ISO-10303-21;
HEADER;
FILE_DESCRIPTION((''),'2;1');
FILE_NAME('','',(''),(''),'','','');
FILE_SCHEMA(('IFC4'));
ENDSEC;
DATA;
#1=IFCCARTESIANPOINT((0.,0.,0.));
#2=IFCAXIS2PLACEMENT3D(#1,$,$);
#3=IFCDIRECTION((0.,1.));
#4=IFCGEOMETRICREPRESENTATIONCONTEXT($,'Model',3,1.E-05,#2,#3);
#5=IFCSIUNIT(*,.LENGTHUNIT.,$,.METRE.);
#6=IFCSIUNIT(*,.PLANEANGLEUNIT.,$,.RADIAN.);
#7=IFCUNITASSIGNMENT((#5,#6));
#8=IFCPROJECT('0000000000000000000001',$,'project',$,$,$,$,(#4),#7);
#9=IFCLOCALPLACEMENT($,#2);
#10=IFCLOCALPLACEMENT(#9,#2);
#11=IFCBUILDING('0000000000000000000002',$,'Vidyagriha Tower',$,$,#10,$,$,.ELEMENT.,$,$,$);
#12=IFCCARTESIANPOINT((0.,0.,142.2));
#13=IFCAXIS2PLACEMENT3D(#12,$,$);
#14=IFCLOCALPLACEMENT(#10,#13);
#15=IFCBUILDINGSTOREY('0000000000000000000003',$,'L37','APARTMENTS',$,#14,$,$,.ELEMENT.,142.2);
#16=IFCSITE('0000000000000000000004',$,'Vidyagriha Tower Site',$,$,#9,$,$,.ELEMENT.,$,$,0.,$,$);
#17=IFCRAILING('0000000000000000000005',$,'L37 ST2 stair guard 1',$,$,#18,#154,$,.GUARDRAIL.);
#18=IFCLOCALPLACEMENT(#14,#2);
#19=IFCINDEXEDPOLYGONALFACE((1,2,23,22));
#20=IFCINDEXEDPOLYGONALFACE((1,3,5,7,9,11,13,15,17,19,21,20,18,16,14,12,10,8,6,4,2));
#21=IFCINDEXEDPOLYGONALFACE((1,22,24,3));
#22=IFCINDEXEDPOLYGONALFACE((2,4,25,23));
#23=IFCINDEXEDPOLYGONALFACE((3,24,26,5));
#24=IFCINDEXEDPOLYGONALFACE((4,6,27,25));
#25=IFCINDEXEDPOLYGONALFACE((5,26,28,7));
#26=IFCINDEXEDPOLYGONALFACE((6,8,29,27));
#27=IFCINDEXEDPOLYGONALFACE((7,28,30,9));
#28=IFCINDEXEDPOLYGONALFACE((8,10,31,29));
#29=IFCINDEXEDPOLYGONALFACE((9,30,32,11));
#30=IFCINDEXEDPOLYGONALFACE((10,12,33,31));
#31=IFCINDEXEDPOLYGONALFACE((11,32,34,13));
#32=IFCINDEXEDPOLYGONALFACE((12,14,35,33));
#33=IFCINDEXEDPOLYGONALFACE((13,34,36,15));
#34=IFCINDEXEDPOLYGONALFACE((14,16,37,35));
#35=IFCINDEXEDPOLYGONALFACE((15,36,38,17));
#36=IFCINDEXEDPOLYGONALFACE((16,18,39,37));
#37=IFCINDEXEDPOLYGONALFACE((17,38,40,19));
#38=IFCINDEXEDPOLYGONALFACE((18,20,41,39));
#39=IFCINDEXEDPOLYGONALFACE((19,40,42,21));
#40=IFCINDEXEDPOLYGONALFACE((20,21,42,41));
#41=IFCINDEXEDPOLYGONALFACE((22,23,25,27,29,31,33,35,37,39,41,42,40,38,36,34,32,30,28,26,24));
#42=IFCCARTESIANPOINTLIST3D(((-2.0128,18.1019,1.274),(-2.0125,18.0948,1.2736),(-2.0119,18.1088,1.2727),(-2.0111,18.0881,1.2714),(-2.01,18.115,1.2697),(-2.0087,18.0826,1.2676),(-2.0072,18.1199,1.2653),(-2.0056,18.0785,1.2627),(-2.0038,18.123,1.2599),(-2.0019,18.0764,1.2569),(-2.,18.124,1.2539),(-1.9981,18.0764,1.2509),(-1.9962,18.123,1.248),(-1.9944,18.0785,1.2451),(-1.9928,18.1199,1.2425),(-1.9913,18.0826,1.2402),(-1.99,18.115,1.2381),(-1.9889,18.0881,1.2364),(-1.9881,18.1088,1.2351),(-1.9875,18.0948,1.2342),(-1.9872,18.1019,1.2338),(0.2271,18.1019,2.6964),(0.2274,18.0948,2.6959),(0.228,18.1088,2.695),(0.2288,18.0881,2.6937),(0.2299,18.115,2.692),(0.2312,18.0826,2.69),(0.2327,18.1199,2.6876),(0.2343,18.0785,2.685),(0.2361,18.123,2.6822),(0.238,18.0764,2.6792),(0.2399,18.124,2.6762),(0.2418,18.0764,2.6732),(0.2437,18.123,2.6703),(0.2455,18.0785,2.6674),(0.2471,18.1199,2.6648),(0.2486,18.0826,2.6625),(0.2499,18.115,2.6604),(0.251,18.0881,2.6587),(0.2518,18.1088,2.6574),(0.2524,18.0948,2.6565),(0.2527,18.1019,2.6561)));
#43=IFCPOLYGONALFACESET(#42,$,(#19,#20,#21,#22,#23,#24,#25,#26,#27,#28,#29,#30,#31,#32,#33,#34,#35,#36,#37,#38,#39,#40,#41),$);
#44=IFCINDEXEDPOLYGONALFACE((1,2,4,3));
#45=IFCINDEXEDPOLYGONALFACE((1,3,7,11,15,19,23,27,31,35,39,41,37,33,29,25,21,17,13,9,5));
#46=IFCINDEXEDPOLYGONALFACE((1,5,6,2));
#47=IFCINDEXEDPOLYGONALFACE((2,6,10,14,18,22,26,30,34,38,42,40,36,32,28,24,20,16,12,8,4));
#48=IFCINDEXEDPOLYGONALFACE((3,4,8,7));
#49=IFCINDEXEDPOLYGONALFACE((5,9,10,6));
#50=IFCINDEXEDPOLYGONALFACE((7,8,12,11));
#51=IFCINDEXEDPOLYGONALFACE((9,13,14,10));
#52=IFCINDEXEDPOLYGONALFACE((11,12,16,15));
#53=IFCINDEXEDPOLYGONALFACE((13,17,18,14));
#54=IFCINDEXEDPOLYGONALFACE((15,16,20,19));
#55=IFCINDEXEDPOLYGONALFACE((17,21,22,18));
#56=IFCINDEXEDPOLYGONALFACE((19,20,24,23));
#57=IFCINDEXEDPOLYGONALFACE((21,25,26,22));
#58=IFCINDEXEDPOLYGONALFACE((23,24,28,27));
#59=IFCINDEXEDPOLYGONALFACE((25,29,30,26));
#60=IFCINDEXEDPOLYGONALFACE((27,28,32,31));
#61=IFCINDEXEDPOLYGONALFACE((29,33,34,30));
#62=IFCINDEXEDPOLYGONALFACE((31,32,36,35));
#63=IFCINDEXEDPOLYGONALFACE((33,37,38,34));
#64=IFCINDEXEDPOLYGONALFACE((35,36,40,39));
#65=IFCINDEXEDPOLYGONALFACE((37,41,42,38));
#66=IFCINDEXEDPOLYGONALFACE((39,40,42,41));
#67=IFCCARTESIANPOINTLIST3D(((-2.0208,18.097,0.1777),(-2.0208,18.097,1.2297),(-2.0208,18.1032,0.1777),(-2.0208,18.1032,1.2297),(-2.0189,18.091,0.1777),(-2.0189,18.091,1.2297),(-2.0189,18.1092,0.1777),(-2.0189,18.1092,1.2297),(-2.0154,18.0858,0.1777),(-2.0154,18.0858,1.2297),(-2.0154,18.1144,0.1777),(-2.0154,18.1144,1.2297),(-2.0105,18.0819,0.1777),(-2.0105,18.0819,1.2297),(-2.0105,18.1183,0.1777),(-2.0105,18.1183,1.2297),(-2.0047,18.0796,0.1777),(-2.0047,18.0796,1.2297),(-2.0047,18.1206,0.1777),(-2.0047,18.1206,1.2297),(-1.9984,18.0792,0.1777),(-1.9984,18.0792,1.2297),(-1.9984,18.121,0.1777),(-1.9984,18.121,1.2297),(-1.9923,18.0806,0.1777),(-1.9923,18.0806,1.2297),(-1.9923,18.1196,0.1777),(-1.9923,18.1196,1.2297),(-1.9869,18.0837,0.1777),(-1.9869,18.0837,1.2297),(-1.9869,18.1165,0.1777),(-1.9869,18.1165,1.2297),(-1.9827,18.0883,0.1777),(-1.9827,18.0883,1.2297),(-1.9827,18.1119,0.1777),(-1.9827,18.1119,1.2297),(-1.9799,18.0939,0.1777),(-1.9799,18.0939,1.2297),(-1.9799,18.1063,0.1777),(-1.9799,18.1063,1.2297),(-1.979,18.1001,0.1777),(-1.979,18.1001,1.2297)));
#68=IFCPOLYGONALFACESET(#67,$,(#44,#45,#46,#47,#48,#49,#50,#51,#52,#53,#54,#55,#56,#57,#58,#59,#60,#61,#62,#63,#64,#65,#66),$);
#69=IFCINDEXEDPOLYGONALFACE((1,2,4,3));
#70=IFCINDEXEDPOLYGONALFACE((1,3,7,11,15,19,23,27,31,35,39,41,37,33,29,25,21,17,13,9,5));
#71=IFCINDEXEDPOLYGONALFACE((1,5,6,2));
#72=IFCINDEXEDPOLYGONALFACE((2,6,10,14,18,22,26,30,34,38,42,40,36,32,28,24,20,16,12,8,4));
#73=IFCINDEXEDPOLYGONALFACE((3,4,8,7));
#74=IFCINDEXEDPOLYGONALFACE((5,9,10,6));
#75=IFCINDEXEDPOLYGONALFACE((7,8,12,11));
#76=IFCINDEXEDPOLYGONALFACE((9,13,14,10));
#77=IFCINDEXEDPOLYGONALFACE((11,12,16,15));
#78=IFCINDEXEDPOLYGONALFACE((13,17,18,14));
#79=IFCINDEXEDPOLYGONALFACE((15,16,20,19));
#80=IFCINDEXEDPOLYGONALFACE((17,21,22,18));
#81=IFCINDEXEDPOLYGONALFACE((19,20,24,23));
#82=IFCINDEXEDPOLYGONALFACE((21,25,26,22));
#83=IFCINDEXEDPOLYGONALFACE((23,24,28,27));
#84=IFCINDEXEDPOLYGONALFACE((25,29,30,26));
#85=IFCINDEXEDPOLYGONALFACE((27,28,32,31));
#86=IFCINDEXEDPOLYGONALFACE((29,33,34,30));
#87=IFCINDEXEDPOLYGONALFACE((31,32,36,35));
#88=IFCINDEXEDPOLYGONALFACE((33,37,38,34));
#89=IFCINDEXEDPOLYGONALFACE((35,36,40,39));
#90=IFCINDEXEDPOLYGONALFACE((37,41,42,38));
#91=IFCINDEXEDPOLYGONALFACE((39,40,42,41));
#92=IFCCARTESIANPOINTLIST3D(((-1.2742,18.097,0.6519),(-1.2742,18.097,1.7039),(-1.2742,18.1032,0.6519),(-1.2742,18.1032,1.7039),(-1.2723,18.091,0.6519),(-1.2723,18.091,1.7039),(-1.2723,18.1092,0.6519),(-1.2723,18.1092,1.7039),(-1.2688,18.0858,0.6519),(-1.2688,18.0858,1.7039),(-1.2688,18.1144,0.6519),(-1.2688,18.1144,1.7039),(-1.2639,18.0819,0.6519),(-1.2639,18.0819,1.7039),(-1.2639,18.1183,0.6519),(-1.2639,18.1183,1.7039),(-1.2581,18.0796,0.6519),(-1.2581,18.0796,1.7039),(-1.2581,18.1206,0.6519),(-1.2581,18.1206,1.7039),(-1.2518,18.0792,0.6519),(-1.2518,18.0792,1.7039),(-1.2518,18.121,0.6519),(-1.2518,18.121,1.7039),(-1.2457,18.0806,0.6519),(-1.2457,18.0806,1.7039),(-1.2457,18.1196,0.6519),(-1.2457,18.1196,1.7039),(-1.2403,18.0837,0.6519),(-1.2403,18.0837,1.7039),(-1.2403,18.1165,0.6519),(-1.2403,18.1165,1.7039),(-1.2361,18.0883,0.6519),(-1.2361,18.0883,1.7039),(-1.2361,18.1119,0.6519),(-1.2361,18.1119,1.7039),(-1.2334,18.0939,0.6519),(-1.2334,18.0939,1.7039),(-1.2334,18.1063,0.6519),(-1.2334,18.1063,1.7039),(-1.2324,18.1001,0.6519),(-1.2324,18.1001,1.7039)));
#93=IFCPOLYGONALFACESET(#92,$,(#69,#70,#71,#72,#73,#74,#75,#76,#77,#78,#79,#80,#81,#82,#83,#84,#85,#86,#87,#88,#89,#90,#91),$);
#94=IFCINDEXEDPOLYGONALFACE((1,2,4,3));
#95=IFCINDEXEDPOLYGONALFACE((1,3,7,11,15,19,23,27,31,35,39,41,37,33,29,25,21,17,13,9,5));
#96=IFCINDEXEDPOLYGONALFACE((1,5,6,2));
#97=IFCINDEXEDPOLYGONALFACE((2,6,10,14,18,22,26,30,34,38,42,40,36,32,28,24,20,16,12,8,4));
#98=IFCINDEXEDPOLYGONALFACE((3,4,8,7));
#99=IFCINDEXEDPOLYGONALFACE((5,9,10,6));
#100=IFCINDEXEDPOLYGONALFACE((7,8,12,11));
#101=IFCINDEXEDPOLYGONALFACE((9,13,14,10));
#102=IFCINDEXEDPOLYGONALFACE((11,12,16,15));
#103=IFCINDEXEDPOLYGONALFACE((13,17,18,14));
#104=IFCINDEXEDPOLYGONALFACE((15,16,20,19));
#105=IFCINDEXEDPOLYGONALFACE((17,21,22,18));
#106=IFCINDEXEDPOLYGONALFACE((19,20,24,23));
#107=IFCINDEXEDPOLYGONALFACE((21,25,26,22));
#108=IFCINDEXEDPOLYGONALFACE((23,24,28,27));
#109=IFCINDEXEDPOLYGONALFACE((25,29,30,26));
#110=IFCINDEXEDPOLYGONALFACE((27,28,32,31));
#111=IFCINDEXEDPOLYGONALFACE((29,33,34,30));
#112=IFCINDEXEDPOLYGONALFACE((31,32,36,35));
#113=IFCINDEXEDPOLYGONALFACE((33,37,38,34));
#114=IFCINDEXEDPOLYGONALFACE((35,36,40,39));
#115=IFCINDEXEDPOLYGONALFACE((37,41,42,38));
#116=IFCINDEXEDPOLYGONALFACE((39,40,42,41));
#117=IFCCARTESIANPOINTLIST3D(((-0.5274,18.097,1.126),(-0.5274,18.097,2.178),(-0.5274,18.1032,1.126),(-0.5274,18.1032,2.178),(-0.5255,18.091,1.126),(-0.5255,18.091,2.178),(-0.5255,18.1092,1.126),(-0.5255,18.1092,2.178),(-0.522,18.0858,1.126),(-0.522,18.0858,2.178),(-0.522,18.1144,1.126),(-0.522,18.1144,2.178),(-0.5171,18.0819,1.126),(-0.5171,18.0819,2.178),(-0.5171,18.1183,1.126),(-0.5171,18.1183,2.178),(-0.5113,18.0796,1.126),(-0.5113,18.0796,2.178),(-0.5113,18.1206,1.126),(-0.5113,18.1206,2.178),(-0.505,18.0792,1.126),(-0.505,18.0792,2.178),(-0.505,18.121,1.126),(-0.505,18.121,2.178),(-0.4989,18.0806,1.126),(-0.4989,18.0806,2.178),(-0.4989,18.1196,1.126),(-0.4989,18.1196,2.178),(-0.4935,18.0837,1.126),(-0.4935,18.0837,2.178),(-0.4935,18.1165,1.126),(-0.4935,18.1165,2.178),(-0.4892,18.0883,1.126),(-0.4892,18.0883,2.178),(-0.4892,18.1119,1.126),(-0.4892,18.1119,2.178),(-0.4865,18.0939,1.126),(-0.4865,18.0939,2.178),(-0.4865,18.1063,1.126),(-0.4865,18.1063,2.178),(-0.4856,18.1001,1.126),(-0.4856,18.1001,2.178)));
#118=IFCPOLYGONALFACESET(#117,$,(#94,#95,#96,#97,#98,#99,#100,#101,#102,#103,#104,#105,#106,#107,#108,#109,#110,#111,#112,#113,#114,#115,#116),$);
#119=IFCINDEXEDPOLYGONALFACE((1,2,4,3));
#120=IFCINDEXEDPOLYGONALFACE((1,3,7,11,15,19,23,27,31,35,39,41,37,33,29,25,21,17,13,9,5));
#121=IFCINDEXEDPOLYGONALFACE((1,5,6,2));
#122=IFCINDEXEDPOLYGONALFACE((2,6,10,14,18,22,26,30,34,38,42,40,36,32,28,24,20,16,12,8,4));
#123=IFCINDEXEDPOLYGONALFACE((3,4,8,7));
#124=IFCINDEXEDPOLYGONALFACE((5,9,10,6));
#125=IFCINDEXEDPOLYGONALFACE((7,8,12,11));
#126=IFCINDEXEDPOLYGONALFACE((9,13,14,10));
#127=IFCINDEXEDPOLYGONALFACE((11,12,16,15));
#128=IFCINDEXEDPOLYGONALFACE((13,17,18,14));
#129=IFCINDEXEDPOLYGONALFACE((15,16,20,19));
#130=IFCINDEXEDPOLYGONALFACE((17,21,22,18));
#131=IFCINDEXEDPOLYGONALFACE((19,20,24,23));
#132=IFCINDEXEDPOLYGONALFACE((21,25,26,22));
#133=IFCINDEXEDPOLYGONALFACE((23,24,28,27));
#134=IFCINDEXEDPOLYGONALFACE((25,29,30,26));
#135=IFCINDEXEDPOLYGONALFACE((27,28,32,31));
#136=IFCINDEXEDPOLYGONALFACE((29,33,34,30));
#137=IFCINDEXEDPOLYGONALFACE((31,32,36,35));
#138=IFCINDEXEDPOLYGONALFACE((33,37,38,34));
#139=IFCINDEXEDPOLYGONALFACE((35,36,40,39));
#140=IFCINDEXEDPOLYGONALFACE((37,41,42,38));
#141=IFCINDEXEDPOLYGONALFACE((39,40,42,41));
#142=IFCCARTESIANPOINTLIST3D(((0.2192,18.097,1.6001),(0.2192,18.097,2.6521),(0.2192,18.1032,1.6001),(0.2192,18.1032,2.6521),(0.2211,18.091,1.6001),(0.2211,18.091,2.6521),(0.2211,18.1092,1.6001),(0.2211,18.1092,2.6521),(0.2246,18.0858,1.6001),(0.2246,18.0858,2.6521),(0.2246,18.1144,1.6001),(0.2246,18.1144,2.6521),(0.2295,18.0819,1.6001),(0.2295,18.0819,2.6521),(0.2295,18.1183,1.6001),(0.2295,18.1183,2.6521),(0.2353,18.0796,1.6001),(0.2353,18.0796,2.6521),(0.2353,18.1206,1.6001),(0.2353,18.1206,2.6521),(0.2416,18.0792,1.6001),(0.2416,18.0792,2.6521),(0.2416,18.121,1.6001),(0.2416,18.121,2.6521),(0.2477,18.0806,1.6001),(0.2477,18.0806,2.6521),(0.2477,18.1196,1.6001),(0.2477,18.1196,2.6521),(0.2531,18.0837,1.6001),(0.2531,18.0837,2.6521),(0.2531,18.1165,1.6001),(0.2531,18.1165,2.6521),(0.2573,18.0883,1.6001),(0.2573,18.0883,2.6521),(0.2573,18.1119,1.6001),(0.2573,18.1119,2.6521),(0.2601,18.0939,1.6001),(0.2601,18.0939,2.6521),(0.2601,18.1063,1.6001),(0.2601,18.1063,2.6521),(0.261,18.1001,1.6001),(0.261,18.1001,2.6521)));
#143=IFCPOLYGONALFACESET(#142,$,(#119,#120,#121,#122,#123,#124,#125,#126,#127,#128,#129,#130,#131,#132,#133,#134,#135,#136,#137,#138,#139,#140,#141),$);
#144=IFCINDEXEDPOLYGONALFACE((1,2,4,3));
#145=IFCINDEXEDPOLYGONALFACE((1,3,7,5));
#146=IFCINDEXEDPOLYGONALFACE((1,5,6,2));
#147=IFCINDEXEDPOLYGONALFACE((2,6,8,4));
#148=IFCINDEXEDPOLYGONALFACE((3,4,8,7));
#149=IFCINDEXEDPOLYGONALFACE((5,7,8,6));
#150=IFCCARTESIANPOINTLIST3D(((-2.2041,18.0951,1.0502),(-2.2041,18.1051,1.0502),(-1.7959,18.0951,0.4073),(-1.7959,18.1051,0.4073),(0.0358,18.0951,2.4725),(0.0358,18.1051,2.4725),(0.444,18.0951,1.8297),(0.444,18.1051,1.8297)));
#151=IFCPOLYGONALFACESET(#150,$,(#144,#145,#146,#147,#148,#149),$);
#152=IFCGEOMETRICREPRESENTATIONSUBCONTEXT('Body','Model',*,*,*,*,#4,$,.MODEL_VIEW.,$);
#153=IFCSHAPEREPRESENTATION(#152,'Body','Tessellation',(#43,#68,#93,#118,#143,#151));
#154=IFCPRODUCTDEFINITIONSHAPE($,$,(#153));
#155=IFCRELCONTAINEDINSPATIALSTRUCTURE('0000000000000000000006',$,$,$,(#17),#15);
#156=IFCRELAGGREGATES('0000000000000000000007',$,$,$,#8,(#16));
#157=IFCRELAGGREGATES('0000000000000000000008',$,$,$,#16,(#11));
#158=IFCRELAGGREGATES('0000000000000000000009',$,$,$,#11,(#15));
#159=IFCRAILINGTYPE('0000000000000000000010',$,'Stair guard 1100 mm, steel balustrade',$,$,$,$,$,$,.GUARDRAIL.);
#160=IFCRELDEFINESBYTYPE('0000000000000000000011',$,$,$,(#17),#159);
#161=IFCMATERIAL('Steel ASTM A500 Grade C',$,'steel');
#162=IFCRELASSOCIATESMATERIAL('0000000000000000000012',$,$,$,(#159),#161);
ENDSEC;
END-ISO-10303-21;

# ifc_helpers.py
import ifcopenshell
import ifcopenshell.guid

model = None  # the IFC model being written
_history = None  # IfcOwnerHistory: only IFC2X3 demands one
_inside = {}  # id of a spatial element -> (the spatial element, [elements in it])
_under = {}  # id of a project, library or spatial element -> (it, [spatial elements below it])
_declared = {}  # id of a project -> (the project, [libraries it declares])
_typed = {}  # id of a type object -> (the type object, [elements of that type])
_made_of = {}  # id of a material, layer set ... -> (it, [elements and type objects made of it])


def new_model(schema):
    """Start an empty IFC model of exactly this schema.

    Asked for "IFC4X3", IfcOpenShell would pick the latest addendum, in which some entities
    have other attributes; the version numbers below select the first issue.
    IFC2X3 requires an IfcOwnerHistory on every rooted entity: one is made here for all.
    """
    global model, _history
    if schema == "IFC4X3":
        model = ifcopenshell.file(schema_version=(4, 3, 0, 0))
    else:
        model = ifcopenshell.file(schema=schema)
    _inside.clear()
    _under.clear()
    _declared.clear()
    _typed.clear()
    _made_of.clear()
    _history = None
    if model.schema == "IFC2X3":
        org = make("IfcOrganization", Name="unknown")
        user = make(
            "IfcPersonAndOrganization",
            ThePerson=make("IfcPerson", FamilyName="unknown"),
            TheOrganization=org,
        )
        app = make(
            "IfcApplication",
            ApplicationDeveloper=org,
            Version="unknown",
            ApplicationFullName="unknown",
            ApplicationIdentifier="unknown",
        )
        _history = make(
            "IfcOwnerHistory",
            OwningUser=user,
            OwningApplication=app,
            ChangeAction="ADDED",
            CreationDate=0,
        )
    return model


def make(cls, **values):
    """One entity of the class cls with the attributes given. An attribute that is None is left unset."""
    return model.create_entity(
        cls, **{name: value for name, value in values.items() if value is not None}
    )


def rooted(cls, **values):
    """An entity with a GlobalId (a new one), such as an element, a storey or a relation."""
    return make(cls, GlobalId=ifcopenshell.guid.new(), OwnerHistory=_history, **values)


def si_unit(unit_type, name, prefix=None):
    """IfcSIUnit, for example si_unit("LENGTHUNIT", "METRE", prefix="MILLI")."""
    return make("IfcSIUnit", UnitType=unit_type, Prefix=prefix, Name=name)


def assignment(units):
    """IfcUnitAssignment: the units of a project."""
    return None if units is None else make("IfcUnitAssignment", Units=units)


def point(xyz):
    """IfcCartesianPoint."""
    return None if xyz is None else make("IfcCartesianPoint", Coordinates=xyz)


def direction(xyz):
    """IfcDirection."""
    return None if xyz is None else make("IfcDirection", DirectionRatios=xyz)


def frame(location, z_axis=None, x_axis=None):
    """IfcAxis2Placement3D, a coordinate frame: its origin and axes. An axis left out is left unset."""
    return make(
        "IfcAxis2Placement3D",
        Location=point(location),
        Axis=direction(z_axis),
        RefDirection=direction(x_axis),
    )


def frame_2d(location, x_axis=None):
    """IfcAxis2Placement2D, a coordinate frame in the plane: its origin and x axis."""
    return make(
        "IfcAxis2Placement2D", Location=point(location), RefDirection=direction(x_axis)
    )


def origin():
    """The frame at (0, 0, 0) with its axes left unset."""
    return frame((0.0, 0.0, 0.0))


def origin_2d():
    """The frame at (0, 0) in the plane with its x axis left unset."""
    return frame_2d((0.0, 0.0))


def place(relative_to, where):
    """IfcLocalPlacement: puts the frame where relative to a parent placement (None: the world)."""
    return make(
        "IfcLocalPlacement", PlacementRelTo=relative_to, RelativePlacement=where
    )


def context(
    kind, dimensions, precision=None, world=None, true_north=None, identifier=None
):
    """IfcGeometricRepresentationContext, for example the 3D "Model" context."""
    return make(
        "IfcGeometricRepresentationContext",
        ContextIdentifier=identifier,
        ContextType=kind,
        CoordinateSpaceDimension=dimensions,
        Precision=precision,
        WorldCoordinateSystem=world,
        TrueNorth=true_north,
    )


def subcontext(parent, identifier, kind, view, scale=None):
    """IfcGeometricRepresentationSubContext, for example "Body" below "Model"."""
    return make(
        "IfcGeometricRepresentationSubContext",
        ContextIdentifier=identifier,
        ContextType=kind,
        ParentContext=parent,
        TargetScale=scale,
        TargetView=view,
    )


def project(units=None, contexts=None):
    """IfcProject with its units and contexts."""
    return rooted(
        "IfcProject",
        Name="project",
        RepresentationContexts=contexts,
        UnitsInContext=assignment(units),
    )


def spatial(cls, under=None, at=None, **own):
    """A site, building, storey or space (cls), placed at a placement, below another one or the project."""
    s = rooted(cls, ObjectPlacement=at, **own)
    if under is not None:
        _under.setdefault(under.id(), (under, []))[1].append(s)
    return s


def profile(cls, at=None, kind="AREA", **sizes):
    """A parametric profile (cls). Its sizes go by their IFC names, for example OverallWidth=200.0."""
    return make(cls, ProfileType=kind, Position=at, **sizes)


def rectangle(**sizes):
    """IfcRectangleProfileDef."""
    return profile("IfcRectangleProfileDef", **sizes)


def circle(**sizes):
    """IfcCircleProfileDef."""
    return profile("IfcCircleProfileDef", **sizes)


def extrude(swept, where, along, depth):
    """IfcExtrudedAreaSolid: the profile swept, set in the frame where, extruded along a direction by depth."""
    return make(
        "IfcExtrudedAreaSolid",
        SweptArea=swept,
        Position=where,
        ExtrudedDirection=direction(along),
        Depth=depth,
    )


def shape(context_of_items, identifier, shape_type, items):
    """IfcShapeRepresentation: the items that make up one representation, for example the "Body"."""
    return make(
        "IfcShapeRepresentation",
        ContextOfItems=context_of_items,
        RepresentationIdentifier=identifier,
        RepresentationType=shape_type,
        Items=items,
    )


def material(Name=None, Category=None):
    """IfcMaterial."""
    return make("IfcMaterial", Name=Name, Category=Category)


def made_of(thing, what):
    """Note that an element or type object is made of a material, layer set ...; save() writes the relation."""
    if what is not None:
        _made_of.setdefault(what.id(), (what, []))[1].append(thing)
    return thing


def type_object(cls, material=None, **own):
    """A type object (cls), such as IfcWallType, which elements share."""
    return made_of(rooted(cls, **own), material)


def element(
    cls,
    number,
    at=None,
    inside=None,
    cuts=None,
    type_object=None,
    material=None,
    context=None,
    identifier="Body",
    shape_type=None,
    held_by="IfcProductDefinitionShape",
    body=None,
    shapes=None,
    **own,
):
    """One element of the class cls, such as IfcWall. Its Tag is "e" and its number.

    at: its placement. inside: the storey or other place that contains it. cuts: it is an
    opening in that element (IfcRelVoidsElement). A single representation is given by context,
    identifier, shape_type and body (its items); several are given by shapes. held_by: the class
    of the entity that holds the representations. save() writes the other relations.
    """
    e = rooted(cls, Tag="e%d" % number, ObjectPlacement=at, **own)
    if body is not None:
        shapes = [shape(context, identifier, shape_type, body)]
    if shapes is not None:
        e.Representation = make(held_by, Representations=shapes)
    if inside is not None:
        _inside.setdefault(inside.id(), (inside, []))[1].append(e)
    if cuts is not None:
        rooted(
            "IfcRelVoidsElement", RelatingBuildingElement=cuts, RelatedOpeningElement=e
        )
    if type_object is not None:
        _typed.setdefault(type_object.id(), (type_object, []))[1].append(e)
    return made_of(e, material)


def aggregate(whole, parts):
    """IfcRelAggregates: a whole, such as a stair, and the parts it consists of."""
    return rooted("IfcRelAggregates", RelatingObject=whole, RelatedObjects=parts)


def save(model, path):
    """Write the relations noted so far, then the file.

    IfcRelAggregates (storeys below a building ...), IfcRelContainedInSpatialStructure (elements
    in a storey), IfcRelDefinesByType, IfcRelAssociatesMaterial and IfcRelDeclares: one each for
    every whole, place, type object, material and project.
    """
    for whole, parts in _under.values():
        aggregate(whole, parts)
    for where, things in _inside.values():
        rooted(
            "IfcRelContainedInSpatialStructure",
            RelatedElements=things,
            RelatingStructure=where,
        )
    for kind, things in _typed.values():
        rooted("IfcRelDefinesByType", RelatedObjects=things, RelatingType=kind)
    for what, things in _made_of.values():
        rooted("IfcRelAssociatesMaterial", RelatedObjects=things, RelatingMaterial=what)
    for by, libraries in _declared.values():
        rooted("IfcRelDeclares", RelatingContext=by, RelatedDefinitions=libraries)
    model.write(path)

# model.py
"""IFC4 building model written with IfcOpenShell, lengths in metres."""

from ifc_helpers import new_model, si_unit, direction, frame, origin, origin_2d, place, context, subcontext, project, spatial, rectangle, circle, extrude, material, type_object, element, save


model = new_model("IFC4")

# Units and contexts
model_context = context("Model", 3, precision=1e-05, world=origin(), true_north=direction((0.0, 1.0)))
body_context = subcontext(model_context, "Body", "Model", "MODEL_VIEW")
ifc_project = project(units=[si_unit("LENGTHUNIT", "METRE"), si_unit("PLANEANGLEUNIT", "RADIAN")], contexts=[model_context])

# Site, building, storey
site_placement = place(None, origin())
site = spatial("IfcSite", under=ifc_project, at=site_placement, Name="Vidyagriha Tower Site", CompositionType="ELEMENT", RefElevation=0.0)
building_placement = place(site_placement, origin())
building = spatial("IfcBuilding", under=site, at=building_placement, Name="Vidyagriha Tower", CompositionType="ELEMENT")
storey_placement = place(building_placement, frame((0.0, 0.0, 142.2)))
storey = spatial("IfcBuildingStorey", under=building, at=storey_placement, Name="L37", Description="APARTMENTS", CompositionType="ELEMENT", Elevation=142.2)

# Railing
ifc_material_1 = material(Name="Steel ASTM A500 Grade C", Category="steel")
railing_type_1 = type_object("IfcRailingType", Name="Stair guard 1100 mm, steel balustrade", PredefinedType="GUARDRAIL", material=ifc_material_1)
railing_1_placement = place(storey_placement, frame((-2.0, 18.1001, 0.1777)))
element("IfcRailing", 1, at=railing_1_placement, inside=storey, type_object=railing_type_1, Name="L37 ST2 stair guard 1", PredefinedType="GUARDRAIL", context=body_context, shape_type="SweptSolid", body=[
    extrude(circle(Radius=0.0239, at=origin_2d()), frame((0.0, 0.0, 1.0762), z_axis=(0.844188, 0.0, 0.536048), x_axis=(0.0, 1.0, 0.0)), (0.0, 0.0, 1.0), 2.6533),
    extrude(circle(Radius=0.021, at=origin_2d()), origin(), (0.0, 0.0, 1.0), 1.052),
    extrude(circle(Radius=0.021, at=origin_2d()), frame((0.7466, 0.0, 0.4741)), (0.0, 0.0, 1.0), 1.052),
    extrude(circle(Radius=0.021, at=origin_2d()), frame((1.4934, 0.0, 0.9482)), (0.0, 0.0, 1.0), 1.052),
    extrude(circle(Radius=0.021, at=origin_2d()), frame((2.24, 0.0, 1.4224)), (0.0, 0.0, 1.0), 1.052),
    extrude(rectangle(XDim=0.01, YDim=0.7615, at=origin_2d()), frame((0.0, 0.0, 0.551), z_axis=(0.844188, 0.0, 0.536048), x_axis=(0.0, 1.0, 0.0)), (0.0, 0.0, 1.0), 2.6533),
])

save(model, "model.ifc")
